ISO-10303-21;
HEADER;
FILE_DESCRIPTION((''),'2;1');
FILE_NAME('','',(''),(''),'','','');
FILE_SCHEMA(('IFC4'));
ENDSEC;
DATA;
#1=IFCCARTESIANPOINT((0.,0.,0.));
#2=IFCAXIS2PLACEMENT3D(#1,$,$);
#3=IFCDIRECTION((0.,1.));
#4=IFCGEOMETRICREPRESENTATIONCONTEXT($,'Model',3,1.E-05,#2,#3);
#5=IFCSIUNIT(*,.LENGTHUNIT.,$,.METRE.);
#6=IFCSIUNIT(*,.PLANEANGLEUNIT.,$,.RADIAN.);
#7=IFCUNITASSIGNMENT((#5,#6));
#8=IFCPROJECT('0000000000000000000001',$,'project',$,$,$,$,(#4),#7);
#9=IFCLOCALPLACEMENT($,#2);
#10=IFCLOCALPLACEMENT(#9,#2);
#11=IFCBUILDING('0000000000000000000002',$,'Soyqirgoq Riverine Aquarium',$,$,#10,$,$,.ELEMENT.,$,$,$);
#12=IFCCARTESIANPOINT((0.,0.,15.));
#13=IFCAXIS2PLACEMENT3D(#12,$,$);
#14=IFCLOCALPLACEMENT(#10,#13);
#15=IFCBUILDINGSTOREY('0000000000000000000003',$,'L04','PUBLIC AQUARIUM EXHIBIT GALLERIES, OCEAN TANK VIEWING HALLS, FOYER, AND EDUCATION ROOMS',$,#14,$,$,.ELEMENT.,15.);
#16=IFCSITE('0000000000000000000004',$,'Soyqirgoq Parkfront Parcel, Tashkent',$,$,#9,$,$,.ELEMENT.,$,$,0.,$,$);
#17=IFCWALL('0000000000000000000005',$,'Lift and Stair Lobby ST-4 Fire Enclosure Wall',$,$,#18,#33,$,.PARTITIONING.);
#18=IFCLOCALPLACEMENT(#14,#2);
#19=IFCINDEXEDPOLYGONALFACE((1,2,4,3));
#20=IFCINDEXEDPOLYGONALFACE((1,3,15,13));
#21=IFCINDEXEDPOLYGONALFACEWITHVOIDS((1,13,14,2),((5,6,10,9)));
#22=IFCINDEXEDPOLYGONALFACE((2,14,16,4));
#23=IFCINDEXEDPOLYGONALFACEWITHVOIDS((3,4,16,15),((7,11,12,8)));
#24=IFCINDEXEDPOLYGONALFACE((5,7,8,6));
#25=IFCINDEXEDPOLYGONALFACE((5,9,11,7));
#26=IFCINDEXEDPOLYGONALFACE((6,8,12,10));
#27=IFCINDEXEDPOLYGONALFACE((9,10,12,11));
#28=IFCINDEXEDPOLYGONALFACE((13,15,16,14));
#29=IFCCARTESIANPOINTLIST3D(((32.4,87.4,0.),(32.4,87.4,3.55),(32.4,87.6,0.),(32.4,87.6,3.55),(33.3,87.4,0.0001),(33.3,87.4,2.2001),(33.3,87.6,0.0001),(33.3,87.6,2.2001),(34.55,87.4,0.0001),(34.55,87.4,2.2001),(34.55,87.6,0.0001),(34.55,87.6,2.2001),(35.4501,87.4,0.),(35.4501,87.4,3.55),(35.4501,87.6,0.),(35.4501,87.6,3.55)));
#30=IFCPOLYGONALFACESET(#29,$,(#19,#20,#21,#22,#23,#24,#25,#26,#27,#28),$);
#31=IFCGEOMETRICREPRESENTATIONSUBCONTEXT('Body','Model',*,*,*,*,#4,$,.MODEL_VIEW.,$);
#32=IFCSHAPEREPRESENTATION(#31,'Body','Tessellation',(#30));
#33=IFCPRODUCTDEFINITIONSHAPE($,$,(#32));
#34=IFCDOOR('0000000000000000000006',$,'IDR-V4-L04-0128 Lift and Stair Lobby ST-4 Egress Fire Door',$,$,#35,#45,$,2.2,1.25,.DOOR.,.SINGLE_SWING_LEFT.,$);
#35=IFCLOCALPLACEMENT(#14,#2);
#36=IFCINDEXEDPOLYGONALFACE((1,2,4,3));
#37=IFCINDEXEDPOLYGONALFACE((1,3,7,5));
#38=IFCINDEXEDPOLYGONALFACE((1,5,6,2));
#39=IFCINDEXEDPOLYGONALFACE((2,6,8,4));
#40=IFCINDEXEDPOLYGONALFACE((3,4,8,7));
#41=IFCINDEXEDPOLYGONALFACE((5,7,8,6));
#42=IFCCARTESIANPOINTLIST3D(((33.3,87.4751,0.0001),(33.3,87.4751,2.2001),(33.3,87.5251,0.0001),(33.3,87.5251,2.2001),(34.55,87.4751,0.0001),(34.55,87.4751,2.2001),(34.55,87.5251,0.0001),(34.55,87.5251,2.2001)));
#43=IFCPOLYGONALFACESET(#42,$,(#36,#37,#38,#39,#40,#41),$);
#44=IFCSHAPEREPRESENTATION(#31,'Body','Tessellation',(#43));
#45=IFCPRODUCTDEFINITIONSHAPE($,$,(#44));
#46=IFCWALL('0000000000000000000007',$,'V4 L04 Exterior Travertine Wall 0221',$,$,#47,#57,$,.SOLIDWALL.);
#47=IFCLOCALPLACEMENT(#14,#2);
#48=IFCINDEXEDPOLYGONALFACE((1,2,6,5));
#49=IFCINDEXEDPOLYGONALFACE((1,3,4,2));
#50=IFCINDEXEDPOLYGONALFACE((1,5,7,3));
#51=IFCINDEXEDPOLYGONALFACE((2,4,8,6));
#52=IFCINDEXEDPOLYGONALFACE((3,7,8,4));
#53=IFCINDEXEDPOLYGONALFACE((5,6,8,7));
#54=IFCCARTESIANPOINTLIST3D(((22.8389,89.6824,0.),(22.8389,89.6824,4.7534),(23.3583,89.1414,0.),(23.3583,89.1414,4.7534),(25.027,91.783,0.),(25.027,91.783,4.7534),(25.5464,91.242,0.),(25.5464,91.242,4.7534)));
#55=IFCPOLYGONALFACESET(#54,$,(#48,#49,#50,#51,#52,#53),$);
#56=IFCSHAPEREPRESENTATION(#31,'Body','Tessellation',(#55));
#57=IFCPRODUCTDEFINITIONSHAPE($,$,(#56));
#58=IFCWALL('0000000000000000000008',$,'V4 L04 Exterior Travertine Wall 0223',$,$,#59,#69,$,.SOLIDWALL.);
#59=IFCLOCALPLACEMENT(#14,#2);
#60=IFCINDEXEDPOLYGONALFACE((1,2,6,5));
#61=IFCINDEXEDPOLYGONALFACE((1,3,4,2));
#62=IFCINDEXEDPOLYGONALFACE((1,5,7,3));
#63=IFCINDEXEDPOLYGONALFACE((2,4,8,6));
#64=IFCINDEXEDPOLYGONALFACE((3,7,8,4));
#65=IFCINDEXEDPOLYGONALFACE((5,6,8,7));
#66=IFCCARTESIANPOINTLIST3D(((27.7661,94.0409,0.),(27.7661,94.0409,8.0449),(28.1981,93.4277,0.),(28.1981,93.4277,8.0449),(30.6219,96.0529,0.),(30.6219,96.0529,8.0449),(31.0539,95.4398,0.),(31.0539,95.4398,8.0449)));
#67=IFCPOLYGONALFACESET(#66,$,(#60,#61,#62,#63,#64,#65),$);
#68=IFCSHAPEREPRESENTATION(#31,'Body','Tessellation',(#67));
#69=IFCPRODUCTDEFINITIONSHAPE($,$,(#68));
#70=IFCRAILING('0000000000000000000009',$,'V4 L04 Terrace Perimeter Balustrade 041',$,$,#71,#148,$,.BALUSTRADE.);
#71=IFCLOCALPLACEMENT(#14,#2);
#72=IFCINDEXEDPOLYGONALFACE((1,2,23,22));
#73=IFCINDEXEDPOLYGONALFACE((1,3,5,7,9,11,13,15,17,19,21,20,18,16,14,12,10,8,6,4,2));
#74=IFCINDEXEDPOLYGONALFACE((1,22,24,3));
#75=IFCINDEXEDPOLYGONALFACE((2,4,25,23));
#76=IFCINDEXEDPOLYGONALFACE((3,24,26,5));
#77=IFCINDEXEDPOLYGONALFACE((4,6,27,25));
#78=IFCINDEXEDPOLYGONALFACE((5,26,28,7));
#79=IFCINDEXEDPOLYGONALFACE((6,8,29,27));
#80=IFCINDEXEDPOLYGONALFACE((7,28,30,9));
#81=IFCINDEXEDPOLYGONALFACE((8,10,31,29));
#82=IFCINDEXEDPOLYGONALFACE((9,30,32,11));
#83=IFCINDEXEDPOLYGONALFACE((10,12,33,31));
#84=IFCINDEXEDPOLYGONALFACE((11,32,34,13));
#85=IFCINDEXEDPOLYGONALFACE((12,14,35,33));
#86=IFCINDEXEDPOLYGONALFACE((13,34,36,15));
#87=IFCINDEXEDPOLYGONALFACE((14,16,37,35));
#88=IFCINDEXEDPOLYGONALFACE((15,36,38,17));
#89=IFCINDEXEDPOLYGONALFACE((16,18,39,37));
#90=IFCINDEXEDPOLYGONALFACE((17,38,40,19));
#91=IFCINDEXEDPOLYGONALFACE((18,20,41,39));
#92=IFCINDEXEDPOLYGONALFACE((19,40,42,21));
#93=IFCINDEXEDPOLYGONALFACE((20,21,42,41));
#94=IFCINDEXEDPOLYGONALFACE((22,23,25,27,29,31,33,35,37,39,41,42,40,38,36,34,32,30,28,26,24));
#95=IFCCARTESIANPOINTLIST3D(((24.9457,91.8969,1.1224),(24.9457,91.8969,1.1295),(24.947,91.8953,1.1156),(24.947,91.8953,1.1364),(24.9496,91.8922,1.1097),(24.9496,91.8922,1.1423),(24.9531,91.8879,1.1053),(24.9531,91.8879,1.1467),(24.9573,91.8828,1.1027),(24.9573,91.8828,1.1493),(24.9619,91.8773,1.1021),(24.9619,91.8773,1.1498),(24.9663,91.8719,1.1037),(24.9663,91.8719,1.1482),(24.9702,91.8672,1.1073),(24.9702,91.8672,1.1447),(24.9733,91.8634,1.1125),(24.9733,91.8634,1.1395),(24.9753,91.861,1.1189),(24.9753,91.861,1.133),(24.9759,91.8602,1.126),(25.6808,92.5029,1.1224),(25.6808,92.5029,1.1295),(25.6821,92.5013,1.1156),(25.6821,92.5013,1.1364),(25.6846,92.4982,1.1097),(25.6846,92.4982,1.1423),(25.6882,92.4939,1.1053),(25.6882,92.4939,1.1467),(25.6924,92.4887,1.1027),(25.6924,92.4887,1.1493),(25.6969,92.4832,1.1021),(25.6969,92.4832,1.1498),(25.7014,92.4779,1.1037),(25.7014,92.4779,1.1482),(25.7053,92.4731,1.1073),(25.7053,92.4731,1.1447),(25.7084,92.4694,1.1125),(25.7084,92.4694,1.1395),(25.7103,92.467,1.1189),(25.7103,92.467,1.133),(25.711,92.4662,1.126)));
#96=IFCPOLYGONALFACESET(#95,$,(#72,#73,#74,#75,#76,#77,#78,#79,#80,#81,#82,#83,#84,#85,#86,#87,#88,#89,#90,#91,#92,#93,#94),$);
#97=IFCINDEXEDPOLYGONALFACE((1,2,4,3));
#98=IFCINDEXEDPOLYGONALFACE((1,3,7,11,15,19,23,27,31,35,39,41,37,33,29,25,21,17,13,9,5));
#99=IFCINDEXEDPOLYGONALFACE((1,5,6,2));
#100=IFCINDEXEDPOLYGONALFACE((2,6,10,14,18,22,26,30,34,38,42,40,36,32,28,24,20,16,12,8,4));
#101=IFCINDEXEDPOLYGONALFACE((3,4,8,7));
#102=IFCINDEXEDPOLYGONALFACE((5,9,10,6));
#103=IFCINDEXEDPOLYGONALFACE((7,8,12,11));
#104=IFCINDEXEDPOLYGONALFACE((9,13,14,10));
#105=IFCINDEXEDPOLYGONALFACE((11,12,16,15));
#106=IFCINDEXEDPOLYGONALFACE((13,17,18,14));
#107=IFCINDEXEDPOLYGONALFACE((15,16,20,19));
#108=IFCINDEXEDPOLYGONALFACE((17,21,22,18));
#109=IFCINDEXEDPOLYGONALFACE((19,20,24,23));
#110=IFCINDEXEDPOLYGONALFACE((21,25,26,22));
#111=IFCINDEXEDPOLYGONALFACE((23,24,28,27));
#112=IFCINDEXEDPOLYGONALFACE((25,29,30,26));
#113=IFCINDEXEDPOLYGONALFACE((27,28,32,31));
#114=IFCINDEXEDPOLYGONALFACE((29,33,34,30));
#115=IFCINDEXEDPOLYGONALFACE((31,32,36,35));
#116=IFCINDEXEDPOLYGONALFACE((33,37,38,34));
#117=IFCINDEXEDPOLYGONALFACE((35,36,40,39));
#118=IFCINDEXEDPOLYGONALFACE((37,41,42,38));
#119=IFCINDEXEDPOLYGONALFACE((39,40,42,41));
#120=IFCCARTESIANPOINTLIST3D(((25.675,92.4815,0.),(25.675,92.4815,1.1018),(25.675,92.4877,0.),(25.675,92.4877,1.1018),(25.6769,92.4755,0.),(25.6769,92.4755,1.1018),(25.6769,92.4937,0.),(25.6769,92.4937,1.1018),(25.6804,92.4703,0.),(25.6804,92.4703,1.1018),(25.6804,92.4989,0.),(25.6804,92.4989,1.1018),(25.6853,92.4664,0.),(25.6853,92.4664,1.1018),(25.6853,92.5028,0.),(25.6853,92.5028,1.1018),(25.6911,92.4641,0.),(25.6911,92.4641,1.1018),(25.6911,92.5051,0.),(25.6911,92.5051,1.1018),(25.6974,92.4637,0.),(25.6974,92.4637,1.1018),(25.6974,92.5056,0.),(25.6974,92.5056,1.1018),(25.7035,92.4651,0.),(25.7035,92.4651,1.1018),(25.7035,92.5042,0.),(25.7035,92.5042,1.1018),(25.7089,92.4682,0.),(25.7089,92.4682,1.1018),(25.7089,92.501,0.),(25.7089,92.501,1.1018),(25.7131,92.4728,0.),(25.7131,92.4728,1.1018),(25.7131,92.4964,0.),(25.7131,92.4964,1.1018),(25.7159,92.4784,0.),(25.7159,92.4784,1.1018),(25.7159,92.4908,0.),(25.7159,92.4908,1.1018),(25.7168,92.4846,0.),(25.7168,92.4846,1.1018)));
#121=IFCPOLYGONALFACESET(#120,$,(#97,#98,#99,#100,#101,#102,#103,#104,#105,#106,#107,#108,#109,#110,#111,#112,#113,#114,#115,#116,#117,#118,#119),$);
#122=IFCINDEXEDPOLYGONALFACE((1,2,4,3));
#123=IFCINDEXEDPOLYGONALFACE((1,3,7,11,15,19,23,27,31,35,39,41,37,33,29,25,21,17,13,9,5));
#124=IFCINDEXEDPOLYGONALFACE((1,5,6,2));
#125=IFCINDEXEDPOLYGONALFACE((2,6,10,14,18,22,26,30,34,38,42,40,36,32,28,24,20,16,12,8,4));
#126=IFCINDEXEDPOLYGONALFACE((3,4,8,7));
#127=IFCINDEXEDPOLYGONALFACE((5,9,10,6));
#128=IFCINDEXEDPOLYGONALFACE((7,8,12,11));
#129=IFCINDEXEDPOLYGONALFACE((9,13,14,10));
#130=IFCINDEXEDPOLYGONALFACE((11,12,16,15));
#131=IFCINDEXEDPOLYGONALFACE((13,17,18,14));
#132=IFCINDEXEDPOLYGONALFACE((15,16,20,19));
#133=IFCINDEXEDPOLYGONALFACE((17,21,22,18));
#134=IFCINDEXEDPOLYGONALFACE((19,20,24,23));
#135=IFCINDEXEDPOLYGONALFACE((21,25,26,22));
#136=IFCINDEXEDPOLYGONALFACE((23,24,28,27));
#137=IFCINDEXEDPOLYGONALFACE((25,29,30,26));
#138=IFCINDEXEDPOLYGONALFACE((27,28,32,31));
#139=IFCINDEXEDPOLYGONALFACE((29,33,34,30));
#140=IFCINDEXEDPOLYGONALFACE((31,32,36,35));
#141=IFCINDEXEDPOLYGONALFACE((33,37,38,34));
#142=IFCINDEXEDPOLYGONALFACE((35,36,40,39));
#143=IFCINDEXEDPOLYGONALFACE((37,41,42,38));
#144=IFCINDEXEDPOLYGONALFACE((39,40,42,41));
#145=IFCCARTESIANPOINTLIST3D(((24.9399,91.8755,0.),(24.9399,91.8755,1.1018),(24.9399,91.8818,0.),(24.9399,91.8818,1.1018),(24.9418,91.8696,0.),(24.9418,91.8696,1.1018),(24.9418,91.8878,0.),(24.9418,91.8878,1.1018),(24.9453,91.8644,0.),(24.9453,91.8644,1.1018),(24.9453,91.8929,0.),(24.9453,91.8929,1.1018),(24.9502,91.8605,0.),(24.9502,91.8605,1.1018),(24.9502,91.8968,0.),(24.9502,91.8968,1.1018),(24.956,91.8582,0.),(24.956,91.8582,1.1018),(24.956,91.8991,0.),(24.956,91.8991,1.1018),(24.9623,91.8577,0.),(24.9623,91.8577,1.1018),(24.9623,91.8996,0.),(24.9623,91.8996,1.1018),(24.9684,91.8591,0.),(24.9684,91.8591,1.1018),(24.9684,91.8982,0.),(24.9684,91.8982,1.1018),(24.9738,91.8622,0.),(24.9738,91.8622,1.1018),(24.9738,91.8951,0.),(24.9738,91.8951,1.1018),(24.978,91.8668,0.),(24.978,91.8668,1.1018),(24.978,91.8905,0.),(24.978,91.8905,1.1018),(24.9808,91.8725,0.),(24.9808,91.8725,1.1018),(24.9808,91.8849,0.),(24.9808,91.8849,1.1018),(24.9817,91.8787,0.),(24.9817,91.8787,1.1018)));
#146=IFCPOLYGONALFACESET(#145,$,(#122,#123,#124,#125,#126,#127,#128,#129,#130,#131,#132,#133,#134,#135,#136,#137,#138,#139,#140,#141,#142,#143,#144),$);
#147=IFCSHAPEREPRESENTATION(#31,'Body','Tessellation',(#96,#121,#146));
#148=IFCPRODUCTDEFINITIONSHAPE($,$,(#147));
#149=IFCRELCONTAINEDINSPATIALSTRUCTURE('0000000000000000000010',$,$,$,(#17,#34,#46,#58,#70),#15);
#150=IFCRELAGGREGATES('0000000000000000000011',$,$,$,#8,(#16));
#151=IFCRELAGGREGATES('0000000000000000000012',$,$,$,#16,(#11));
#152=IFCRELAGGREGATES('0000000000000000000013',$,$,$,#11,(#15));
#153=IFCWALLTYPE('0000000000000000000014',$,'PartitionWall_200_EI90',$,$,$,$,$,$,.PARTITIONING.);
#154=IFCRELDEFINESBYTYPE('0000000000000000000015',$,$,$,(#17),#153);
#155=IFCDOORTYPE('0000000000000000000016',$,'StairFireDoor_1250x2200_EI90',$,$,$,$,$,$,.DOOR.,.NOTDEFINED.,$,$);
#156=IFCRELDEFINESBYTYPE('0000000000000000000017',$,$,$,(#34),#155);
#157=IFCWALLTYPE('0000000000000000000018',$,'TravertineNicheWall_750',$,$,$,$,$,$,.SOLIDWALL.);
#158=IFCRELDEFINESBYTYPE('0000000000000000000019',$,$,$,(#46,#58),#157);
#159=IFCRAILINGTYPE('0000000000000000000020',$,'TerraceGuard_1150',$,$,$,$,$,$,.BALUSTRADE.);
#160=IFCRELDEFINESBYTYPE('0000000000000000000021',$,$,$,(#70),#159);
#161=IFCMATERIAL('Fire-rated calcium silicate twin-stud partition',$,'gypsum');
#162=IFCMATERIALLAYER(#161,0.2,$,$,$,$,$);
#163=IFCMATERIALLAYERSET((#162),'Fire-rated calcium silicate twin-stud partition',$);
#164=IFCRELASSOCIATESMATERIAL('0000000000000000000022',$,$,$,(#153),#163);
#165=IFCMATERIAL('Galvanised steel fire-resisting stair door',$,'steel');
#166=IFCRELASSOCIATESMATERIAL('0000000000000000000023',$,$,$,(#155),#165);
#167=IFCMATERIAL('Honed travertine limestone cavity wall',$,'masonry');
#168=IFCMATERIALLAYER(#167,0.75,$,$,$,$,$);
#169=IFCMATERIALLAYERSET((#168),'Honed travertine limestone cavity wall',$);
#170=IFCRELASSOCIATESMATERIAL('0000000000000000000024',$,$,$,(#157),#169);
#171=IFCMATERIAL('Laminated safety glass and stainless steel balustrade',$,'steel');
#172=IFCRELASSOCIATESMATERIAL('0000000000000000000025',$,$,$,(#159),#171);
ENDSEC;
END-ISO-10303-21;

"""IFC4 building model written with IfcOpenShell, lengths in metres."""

from ifc_helpers import new_model, si_unit, direction, frame, frame_2d, origin, origin_2d, place, context, subcontext, project, spatial, rectangle, circle, extrude, material, layer, layer_set, type_object, element, fill, save


model = new_model("IFC4")

# Units and contexts
model_context = context("Model", 3, precision=1e-05, world=origin(), true_north=direction((0.0, 1.0)))
body_context = subcontext(model_context, "Body", "Model", "MODEL_VIEW")
ifc_project = project(units=[si_unit("LENGTHUNIT", "METRE"), si_unit("PLANEANGLEUNIT", "RADIAN")], contexts=[model_context])

# Site, building, storey
site_placement = place(None, origin())
site = spatial("IfcSite", under=ifc_project, at=site_placement, Name="Soyqirgoq Parkfront Parcel, Tashkent", CompositionType="ELEMENT", RefElevation=0.0)
building_placement = place(site_placement, origin())
building = spatial("IfcBuilding", under=site, at=building_placement, Name="Soyqirgoq Riverine Aquarium", CompositionType="ELEMENT")
storey_placement = place(building_placement, frame((0.0, 0.0, 15.0)))
storey = spatial("IfcBuildingStorey", under=building, at=storey_placement, Name="L04", Description="PUBLIC AQUARIUM EXHIBIT GALLERIES, OCEAN TANK VIEWING HALLS, FOYER, AND EDUCATION ROOMS", CompositionType="ELEMENT", Elevation=15.0)

# Wall, opening, door
ifc_material_1 = material(Name="Fire-rated calcium silicate twin-stud partition", Category="gypsum")
ifc_layer_1 = layer(ifc_material_1, 0.2)
ifc_layer_set_1 = layer_set([ifc_layer_1], Name="Fire-rated calcium silicate twin-stud partition")
wall_type_1 = type_object("IfcWallType", Name="PartitionWall_200_EI90", PredefinedType="PARTITIONING", material=ifc_layer_set_1)
wall_1_placement = place(storey_placement, frame((35.45, 87.5, 0.0), z_axis=(0.0, 0.0, 1.0), x_axis=(-1.0, 0.0, 0.0)))
wall_1 = element("IfcWall", 1, at=wall_1_placement, inside=storey, type_object=wall_type_1, Name="Lift and Stair Lobby ST-4 Fire Enclosure Wall", PredefinedType="PARTITIONING", context=body_context, shape_type="SweptSolid", body=[
    extrude(rectangle(XDim=3.05, YDim=0.2, at=frame_2d((1.5249, 0.0))), origin(), (0.0, 0.0, 1.0), 3.55),
])
opening_1_placement = place(wall_1_placement, frame((0.8999, 0.0, 0.0)))
opening_1 = element("IfcOpeningElement", 2, at=opening_1_placement, cuts=wall_1, PredefinedType="OPENING", context=body_context, shape_type="SweptSolid", body=[
    extrude(rectangle(XDim=1.25, YDim=2.2, at=frame_2d((0.625, 1.1001))), frame((0.0, 0.1099, 0.0), z_axis=(0.0, -1.0, 0.0), x_axis=(1.0, 0.0, 0.0)), (0.0, 0.0, 1.0), 0.22),
])
ifc_material_2 = material(Name="Galvanised steel fire-resisting stair door", Category="steel")
door_type_1 = type_object("IfcDoorType", Name="StairFireDoor_1250x2200_EI90", OperationType="NOTDEFINED", PredefinedType="DOOR", material=ifc_material_2)
door_1_placement = place(opening_1_placement, origin())
door_1 = element("IfcDoor", 3, at=door_1_placement, inside=storey, type_object=door_type_1, Name="IDR-V4-L04-0128 Lift and Stair Lobby ST-4 Egress Fire Door", OperationType="SINGLE_SWING_LEFT", OverallHeight=2.2, OverallWidth=1.25, PredefinedType="DOOR", context=body_context, shape_type="SweptSolid", body=[
    extrude(rectangle(XDim=1.25, YDim=2.2, at=frame_2d((0.625, 1.1001))), frame((0.0, 0.0249, 0.0), z_axis=(0.0, -1.0, 0.0), x_axis=(1.0, 0.0, 0.0)), (0.0, 0.0, 1.0), 0.05),
])
fill(opening_1, door_1)

# Wall
ifc_material_3 = material(Name="Honed travertine limestone cavity wall", Category="masonry")
ifc_layer_2 = layer(ifc_material_3, 0.75)
ifc_layer_set_2 = layer_set([ifc_layer_2], Name="Honed travertine limestone cavity wall")
wall_type_2 = type_object("IfcWallType", Name="TravertineNicheWall_750", PredefinedType="SOLIDWALL", material=ifc_layer_set_2)
wall_2_placement = place(storey_placement, frame((23.0986, 89.4119, 0.0), z_axis=(0.0, 0.0, 1.0), x_axis=(0.721368, 0.692552, 0.0)))
element("IfcWall", 4, at=wall_2_placement, inside=storey, type_object=wall_type_2, Name="V4 L04 Exterior Travertine Wall 0221", PredefinedType="SOLIDWALL", context=body_context, shape_type="SweptSolid", body=[
    extrude(rectangle(XDim=3.0332, YDim=0.75, at=frame_2d((1.5166, 0.0))), origin(), (0.0, 0.0, 1.0), 4.7534),
])

# Wall
wall_3_placement = place(storey_placement, frame((27.9822, 93.7344, 0.0), z_axis=(0.0, 0.0, 1.0), x_axis=(0.817485, 0.57595, 0.0)))
element("IfcWall", 5, at=wall_3_placement, inside=storey, type_object=wall_type_2, Name="V4 L04 Exterior Travertine Wall 0223", PredefinedType="SOLIDWALL", context=body_context, shape_type="SweptSolid", body=[
    extrude(rectangle(XDim=3.4934, YDim=0.75, at=frame_2d((1.7466, 0.0))), origin(), (0.0, 0.0, 1.0), 8.0449),
])

# Railing
ifc_material_4 = material(Name="Laminated safety glass and stainless steel balustrade", Category="steel")
railing_type = type_object("IfcRailingType", Name="TerraceGuard_1150", PredefinedType="BALUSTRADE", material=ifc_material_4)
railing_1_placement = place(storey_placement, frame((25.6958, 92.4846, 0.0)))
element("IfcRailing", 6, at=railing_1_placement, inside=storey, type_object=railing_type, Name="V4 L04 Terrace Perimeter Balustrade 041", PredefinedType="BALUSTRADE", context=body_context, shape_type="SweptSolid", body=[
    extrude(circle(Radius=0.0239, at=origin_2d()), frame((0.0, 0.0, 1.126), z_axis=(-0.771634, -0.636066, 0.0), x_axis=(0.636066, -0.771634, 0.0)), (0.0, 0.0, 1.0), 0.9526),
    extrude(circle(Radius=0.021, at=origin_2d()), origin(), (0.0, 0.0, 1.0), 1.1018),
    extrude(circle(Radius=0.021, at=origin_2d()), frame((-0.7351, -0.606, 0.0)), (0.0, 0.0, 1.0), 1.1018),
])

save(model, "model.ifc")
